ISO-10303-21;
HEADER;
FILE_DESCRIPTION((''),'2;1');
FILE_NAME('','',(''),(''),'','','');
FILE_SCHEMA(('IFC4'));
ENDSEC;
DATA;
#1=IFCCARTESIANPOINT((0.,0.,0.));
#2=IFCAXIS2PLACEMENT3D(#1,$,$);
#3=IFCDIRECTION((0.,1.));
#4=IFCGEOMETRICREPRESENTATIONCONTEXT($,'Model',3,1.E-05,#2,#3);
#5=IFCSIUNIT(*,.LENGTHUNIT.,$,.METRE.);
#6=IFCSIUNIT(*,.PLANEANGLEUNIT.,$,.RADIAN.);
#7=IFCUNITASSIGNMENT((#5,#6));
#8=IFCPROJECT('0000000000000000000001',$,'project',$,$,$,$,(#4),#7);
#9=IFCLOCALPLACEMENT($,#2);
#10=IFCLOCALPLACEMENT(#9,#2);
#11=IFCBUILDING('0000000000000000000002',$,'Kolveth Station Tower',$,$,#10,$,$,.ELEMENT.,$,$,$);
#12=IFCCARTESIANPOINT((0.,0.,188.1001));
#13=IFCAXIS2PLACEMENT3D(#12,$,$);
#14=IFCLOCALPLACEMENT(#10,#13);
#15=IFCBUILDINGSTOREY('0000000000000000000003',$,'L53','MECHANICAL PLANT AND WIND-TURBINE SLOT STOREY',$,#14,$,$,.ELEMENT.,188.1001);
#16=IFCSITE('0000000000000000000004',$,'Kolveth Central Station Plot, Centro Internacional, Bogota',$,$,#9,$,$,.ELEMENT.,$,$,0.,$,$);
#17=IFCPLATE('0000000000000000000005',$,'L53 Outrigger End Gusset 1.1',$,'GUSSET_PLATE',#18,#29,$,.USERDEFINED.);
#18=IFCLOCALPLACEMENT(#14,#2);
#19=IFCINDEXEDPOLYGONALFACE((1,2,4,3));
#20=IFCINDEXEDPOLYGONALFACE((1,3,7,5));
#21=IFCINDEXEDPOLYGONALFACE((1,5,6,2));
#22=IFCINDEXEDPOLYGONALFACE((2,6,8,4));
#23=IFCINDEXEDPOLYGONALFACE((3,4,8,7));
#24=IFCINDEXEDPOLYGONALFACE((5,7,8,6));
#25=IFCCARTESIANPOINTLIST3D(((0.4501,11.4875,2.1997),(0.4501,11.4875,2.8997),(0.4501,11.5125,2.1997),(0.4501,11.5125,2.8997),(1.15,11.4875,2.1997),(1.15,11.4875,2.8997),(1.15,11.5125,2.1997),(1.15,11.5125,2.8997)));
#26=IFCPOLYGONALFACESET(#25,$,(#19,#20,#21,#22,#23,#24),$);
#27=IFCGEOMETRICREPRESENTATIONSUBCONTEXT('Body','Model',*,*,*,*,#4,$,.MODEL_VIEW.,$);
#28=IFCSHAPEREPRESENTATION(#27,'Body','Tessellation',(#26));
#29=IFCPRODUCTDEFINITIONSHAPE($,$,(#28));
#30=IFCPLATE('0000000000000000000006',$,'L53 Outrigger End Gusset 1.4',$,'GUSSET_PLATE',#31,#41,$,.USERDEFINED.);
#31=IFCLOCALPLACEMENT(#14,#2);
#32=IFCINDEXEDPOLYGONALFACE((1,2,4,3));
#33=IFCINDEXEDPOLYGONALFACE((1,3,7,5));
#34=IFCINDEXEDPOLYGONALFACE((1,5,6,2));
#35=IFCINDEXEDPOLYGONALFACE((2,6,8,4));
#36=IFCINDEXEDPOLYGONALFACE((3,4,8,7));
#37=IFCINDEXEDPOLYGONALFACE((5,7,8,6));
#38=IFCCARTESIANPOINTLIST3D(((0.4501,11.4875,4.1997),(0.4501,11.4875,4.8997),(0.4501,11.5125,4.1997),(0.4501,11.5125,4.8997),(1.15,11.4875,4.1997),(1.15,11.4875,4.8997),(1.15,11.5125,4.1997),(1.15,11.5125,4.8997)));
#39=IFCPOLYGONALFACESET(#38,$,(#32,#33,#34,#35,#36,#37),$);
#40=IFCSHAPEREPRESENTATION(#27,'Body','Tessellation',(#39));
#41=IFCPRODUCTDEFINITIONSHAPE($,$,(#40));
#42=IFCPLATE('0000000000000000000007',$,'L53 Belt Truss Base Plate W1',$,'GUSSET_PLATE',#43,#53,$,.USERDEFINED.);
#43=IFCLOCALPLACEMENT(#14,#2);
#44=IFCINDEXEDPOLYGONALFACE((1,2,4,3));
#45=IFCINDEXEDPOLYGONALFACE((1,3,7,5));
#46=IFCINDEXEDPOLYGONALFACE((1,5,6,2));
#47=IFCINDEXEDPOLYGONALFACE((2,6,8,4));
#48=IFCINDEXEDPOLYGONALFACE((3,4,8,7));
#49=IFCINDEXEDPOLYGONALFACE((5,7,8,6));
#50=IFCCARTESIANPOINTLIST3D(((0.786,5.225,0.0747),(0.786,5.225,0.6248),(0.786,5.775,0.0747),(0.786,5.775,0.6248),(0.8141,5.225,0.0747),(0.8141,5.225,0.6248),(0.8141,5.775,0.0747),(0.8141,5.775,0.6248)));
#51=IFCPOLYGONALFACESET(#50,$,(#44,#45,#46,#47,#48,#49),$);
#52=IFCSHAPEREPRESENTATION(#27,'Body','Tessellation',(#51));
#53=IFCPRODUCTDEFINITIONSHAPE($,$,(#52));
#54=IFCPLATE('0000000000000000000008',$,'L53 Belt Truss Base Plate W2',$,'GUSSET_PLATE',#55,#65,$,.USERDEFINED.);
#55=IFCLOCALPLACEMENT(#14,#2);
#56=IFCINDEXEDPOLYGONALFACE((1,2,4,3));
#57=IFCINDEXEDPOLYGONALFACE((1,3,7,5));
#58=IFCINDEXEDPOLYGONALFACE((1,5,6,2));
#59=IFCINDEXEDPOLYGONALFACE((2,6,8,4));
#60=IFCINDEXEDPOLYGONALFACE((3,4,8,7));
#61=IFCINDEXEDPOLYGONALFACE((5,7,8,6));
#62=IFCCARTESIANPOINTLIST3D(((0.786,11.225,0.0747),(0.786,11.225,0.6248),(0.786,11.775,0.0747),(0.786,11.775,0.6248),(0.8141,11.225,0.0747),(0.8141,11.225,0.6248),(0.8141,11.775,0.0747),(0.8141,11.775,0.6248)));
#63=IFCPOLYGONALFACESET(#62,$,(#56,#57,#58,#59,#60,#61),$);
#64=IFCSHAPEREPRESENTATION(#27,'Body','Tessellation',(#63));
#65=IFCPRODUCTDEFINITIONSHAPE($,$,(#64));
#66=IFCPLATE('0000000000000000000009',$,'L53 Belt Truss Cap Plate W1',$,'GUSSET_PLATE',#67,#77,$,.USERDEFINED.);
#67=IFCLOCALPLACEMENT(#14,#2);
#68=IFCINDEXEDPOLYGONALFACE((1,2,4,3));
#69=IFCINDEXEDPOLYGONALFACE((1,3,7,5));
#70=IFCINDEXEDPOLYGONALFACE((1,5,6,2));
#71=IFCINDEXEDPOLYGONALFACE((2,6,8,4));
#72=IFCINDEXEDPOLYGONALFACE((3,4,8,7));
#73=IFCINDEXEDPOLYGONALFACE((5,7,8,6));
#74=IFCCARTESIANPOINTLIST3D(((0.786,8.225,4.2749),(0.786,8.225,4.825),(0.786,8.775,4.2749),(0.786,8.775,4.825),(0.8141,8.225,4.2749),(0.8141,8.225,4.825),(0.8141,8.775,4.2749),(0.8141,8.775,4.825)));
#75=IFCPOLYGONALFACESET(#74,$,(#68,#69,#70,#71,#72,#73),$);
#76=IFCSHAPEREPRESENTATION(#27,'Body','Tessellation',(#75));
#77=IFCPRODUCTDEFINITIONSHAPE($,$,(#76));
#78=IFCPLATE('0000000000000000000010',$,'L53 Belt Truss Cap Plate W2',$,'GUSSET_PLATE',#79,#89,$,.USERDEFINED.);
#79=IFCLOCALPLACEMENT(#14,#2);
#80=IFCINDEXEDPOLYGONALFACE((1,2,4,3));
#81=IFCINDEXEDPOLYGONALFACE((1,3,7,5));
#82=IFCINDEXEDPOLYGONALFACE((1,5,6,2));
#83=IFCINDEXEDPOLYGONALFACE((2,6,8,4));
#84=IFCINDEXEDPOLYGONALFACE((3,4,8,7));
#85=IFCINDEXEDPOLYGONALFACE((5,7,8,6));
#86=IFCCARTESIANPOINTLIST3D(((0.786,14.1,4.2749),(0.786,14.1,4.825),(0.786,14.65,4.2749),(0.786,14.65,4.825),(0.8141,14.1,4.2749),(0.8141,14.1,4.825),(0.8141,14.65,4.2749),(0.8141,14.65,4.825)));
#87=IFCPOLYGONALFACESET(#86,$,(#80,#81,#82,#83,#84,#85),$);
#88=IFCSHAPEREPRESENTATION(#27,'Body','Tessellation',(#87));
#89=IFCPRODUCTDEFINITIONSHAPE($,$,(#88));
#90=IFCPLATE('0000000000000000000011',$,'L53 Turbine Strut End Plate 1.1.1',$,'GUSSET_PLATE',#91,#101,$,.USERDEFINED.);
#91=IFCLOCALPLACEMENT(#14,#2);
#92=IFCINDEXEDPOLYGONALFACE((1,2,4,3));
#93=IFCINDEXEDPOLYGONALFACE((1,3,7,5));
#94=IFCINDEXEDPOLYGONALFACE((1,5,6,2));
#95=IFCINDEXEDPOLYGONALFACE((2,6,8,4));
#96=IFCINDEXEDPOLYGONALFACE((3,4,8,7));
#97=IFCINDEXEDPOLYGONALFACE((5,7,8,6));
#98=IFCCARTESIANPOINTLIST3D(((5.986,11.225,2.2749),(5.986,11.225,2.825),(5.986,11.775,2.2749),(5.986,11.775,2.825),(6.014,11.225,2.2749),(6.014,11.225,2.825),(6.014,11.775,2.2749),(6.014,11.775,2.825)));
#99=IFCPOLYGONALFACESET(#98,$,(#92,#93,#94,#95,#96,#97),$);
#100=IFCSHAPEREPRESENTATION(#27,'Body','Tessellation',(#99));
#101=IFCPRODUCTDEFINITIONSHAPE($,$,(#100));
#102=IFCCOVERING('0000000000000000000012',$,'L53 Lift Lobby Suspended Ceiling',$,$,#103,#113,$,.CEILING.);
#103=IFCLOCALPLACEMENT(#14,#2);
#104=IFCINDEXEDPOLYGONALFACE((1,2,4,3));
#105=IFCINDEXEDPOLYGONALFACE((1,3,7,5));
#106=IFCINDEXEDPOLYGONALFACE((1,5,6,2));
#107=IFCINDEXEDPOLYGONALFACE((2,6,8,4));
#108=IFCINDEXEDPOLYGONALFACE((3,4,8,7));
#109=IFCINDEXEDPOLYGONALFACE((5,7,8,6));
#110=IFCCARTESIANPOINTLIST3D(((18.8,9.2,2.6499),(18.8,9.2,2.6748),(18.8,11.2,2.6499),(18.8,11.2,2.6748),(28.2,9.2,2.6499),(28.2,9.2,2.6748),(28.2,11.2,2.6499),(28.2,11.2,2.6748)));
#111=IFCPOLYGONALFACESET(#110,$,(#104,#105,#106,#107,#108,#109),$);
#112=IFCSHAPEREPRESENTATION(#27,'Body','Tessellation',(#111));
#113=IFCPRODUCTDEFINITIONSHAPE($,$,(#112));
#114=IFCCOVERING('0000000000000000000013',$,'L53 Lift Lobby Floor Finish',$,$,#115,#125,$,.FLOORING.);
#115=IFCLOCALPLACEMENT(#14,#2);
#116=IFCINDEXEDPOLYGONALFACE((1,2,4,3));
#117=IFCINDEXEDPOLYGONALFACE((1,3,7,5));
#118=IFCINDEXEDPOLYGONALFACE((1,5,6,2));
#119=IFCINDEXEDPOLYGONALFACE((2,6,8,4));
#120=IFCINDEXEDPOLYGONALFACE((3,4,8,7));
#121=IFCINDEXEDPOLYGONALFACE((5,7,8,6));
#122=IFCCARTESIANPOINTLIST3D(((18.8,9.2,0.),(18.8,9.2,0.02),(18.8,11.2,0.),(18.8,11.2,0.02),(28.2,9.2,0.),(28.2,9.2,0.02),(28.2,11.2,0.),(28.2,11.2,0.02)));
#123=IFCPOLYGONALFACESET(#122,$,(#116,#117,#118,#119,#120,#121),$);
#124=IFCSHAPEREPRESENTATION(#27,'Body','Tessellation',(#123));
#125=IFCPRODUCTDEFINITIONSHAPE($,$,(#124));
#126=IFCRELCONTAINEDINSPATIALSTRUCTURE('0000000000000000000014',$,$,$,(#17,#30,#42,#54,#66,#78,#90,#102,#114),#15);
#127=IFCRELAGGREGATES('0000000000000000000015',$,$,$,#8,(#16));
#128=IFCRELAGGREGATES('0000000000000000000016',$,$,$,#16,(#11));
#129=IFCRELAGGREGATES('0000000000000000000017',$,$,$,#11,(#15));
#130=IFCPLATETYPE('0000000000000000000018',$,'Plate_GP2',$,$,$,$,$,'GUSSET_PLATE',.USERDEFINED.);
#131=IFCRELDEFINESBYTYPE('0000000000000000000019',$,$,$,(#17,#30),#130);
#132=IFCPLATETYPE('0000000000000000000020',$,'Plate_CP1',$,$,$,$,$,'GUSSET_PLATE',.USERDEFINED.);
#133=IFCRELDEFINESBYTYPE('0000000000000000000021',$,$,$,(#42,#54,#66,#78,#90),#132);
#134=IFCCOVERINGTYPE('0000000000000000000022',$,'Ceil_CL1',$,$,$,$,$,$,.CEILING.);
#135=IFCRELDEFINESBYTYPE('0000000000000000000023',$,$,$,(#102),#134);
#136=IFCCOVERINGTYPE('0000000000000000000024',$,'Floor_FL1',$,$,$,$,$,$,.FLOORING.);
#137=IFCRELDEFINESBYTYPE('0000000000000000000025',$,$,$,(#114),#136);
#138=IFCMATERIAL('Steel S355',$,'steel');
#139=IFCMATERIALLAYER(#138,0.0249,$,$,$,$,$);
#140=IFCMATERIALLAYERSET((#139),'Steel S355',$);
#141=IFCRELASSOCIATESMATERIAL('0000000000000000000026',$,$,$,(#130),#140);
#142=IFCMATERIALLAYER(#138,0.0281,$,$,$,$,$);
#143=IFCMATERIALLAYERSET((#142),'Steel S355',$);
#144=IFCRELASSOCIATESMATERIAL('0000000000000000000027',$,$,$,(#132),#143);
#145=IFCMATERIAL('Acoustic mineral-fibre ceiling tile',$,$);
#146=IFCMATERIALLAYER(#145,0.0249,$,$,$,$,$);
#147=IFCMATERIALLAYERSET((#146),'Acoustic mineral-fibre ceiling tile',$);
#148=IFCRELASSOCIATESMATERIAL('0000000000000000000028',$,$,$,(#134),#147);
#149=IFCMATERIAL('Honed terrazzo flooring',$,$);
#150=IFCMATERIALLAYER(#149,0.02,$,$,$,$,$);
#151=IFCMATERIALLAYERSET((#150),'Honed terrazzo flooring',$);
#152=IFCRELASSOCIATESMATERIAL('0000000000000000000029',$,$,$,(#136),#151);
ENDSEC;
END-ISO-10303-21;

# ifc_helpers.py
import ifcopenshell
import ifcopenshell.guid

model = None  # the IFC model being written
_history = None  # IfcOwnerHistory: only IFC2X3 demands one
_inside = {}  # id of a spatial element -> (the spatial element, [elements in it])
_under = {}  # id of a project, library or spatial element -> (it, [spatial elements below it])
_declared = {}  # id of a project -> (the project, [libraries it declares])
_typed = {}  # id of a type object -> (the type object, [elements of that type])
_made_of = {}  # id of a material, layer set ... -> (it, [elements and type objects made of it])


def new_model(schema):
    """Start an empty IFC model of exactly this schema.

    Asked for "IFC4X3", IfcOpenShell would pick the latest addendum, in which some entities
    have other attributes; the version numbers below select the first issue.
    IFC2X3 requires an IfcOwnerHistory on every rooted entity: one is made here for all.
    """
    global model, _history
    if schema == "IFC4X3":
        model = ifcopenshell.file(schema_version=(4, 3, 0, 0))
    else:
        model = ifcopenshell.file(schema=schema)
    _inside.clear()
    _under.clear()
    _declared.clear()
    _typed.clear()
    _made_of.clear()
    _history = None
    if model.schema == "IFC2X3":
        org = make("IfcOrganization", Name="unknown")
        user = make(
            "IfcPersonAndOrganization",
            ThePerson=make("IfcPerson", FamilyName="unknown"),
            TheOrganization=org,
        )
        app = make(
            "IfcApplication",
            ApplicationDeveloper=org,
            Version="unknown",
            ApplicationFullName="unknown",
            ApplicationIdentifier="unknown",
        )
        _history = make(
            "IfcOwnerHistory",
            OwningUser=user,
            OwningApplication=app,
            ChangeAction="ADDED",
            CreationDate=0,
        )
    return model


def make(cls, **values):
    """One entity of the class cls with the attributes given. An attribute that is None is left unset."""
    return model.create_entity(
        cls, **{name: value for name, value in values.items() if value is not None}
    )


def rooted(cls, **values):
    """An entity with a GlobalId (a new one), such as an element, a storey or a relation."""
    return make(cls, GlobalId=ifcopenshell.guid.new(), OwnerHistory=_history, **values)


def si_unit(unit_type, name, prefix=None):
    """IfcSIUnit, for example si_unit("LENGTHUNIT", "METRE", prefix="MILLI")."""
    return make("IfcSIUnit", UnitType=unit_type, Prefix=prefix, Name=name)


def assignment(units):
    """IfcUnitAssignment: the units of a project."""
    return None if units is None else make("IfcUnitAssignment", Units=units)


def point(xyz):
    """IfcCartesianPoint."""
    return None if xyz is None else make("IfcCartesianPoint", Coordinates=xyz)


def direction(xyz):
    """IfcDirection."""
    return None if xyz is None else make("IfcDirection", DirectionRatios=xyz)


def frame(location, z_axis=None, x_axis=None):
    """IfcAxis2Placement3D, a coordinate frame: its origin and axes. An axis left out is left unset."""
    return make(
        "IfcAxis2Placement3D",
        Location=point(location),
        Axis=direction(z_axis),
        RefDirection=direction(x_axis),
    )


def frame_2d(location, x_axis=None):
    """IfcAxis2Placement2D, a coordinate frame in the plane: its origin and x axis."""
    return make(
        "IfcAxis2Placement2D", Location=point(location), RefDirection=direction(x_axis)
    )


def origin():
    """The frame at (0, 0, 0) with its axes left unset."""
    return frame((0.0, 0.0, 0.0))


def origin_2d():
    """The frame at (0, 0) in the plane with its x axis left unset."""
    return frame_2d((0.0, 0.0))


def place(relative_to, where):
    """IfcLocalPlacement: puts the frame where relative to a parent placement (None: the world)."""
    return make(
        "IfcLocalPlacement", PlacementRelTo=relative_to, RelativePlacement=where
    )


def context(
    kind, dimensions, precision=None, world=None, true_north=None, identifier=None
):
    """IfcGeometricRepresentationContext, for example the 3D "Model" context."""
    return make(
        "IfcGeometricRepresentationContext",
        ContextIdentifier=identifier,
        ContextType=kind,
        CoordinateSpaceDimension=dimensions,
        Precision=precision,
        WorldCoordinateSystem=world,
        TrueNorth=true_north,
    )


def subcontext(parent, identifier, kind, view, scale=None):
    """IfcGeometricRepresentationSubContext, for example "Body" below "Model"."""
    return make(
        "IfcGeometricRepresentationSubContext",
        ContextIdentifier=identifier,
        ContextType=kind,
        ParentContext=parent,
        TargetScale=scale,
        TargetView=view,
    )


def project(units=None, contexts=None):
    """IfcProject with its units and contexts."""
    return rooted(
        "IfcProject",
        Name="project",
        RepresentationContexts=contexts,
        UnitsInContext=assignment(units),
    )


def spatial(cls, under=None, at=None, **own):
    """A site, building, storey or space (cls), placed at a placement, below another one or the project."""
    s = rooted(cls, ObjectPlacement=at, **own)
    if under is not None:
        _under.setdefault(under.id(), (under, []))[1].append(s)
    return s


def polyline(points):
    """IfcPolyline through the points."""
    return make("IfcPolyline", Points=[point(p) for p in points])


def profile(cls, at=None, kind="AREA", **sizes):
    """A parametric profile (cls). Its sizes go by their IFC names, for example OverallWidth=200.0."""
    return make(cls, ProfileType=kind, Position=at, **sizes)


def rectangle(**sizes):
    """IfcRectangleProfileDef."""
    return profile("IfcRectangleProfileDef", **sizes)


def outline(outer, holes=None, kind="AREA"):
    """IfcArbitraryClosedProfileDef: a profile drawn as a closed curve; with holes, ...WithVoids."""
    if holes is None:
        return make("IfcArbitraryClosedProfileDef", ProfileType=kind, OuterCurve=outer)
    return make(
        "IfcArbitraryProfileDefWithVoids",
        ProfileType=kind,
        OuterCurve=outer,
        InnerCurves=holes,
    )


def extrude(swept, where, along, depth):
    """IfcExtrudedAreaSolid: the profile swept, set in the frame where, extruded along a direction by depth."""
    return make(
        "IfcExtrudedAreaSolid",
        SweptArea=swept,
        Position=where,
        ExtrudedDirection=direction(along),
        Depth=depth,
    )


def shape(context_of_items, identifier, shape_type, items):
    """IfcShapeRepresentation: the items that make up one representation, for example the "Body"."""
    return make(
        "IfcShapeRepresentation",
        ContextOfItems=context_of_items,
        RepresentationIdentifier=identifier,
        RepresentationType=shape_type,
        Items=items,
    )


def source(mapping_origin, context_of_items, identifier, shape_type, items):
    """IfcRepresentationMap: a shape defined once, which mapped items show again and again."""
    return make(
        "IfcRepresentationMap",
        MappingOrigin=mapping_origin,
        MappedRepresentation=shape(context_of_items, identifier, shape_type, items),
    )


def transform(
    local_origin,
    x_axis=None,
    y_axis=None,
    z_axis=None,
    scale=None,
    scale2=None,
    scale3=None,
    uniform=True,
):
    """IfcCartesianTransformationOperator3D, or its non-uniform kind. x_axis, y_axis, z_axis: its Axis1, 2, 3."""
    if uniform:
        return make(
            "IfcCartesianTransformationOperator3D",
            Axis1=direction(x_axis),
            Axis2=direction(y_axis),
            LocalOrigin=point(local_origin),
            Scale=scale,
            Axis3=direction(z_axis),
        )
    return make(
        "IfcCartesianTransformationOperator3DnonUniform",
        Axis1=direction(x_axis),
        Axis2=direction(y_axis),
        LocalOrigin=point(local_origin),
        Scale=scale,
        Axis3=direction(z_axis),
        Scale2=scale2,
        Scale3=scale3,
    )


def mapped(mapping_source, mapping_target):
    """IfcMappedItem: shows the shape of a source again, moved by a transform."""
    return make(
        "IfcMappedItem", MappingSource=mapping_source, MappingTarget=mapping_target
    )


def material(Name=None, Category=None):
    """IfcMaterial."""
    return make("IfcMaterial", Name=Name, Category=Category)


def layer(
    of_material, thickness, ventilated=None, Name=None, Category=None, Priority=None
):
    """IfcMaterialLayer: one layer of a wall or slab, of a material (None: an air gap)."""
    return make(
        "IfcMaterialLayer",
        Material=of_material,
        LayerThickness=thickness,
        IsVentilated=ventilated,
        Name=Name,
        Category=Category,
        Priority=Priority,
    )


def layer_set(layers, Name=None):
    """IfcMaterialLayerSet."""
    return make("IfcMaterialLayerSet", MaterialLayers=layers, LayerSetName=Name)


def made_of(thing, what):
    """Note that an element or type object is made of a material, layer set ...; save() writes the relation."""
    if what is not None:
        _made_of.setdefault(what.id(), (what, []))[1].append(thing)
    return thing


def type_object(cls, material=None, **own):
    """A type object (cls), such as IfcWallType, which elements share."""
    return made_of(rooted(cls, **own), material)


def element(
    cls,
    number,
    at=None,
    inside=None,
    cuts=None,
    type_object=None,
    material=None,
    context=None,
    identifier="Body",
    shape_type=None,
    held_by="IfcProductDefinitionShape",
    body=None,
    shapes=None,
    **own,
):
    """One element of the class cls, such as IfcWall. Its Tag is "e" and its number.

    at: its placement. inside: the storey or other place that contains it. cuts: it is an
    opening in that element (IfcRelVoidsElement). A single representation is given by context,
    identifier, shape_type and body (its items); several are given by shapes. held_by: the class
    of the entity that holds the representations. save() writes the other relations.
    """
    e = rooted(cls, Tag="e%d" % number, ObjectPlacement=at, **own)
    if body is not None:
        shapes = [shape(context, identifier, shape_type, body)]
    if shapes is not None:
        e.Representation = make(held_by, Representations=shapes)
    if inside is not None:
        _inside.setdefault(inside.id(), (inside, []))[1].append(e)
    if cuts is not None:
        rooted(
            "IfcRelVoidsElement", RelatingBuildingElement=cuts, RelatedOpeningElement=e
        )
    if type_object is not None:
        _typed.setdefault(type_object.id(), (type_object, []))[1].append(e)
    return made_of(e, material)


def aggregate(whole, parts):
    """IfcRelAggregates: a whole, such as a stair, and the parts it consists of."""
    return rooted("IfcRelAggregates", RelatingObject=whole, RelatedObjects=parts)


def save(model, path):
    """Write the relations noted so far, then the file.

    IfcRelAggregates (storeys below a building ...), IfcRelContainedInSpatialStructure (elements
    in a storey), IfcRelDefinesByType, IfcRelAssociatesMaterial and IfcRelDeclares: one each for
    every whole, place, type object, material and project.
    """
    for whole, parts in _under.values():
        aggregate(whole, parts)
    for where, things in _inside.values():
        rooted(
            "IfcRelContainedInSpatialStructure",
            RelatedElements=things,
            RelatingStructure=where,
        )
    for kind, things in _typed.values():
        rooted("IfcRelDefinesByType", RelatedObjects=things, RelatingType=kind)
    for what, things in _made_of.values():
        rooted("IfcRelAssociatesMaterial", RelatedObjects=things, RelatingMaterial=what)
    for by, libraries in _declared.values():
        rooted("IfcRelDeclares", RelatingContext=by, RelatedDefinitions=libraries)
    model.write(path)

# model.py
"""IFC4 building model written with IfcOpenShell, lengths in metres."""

from ifc_helpers import new_model, si_unit, direction, frame, origin, origin_2d, place, context, subcontext, project, spatial, polyline, rectangle, outline, extrude, source, transform, mapped, material, layer, layer_set, type_object, element, save


model = new_model("IFC4")

# Units and contexts
model_context = context("Model", 3, precision=1e-05, world=origin(), true_north=direction((0.0, 1.0)))
body_context = subcontext(model_context, "Body", "Model", "MODEL_VIEW")
ifc_project = project(units=[si_unit("LENGTHUNIT", "METRE"), si_unit("PLANEANGLEUNIT", "RADIAN")], contexts=[model_context])

# Site, building, storey
site_placement = place(None, origin())
site = spatial("IfcSite", under=ifc_project, at=site_placement, Name="Kolveth Central Station Plot, Centro Internacional, Bogota", CompositionType="ELEMENT", RefElevation=0.0)
building_placement = place(site_placement, origin())
building = spatial("IfcBuilding", under=site, at=building_placement, Name="Kolveth Station Tower", CompositionType="ELEMENT")
storey_placement = place(building_placement, frame((0.0, 0.0, 188.1001)))
storey = spatial("IfcBuildingStorey", under=building, at=storey_placement, Name="L53", Description="MECHANICAL PLANT AND WIND-TURBINE SLOT STOREY", CompositionType="ELEMENT", Elevation=188.1001)

# Shared definitions
ifc_material_1 = material(Name="Steel S355", Category="steel")

# Plates
ifc_layer_1 = layer(ifc_material_1, 0.0249)
ifc_layer_set_1 = layer_set([ifc_layer_1], Name="Steel S355")
plate_type_1 = type_object("IfcPlateType", Name="Plate_GP2", ElementType="GUSSET_PLATE", PredefinedType="USERDEFINED", material=ifc_layer_set_1)
shared_shape_1 = source(origin(), body_context, "Body", "SweptSolid", [
    extrude(rectangle(XDim=0.7, YDim=0.0249, at=origin_2d()), origin(), (0.0, 0.0, 1.0), 0.7),
])
for number, where, z_axis, x_axis, name in (
    (1, (0.8, 11.5, 2.1997), (0.0, 0.0, 1.0), (1.0, 0.0, 0.0), "L53 Outrigger End Gusset 1.1"),
    (2, (0.8, 11.5, 4.1997), (0.0, 0.0, 1.0), (1.0, 0.0, 0.0), "L53 Outrigger End Gusset 1.4"),
):
    element("IfcPlate", number, at=place(storey_placement, frame(where, z_axis=z_axis, x_axis=x_axis)), inside=storey, type_object=plate_type_1, Name=name, ObjectType="GUSSET_PLATE", PredefinedType="USERDEFINED", context=body_context, shape_type="MappedRepresentation", body=[
        mapped(shared_shape_1, transform((0.0, 0.0, 0.0), x_axis=(1.0, 0.0, 0.0), y_axis=(0.0, 1.0, 0.0), z_axis=(0.0, 0.0, 1.0), scale=1.0)),
    ])
ifc_layer_2 = layer(ifc_material_1, 0.0281)
ifc_layer_set_2 = layer_set([ifc_layer_2], Name="Steel S355")
plate_type_2 = type_object("IfcPlateType", Name="Plate_CP1", ElementType="GUSSET_PLATE", PredefinedType="USERDEFINED", material=ifc_layer_set_2)
shared_shape_2 = source(origin(), body_context, "Body", "SweptSolid", [
    extrude(rectangle(XDim=0.0281, YDim=0.55, at=origin_2d()), origin(), (0.0, 0.0, 1.0), 0.55),
])
for number, where, z_axis, x_axis, name in (
    (3, (0.8, 5.5, 0.0747), (0.0, 0.0, 1.0), (1.0, 0.0, 0.0), "L53 Belt Truss Base Plate W1"),
    (4, (0.8, 11.5, 0.0747), (0.0, 0.0, 1.0), (1.0, 0.0, 0.0), "L53 Belt Truss Base Plate W2"),
    (5, (0.8, 8.5, 4.2749), (0.0, 0.0, 1.0), (1.0, 0.0, 0.0), "L53 Belt Truss Cap Plate W1"),
    (6, (0.8, 14.375, 4.2749), (0.0, 0.0, 1.0), (1.0, 0.0, 0.0), "L53 Belt Truss Cap Plate W2"),
    (7, (6.0, 11.5, 2.2749), (0.0, 0.0, 1.0), (1.0, 0.0, 0.0), "L53 Turbine Strut End Plate 1.1.1"),
):
    element("IfcPlate", number, at=place(storey_placement, frame(where, z_axis=z_axis, x_axis=x_axis)), inside=storey, type_object=plate_type_2, Name=name, ObjectType="GUSSET_PLATE", PredefinedType="USERDEFINED", context=body_context, shape_type="MappedRepresentation", body=[
        mapped(shared_shape_2, transform((0.0, 0.0, 0.0), x_axis=(1.0, 0.0, 0.0), y_axis=(0.0, 1.0, 0.0), z_axis=(0.0, 0.0, 1.0), scale=1.0)),
    ])

# Coverings
ifc_material_2 = material(Name="Acoustic mineral-fibre ceiling tile")
ifc_layer_3 = layer(ifc_material_2, 0.0249)
ifc_layer_set_3 = layer_set([ifc_layer_3], Name="Acoustic mineral-fibre ceiling tile")
covering_type_1 = type_object("IfcCoveringType", Name="Ceil_CL1", PredefinedType="CEILING", material=ifc_layer_set_3)
covering_1_placement = place(storey_placement, frame((0.0, 0.0, 2.6499)))
element("IfcCovering", 8, at=covering_1_placement, inside=storey, type_object=covering_type_1, Name="L53 Lift Lobby Suspended Ceiling", PredefinedType="CEILING", context=body_context, shape_type="SweptSolid", body=[
    extrude(outline(polyline([(18.8, 9.2), (28.2, 9.2), (28.2, 11.2), (18.8, 11.2), (18.8, 9.2)])), origin(), (0.0, 0.0, 1.0), 0.0249),
])
ifc_material_3 = material(Name="Honed terrazzo flooring")
ifc_layer_4 = layer(ifc_material_3, 0.02)
ifc_layer_set_4 = layer_set([ifc_layer_4], Name="Honed terrazzo flooring")
covering_type_2 = type_object("IfcCoveringType", Name="Floor_FL1", PredefinedType="FLOORING", material=ifc_layer_set_4)
covering_2_placement = place(storey_placement, origin())
element("IfcCovering", 9, at=covering_2_placement, inside=storey, type_object=covering_type_2, Name="L53 Lift Lobby Floor Finish", PredefinedType="FLOORING", context=body_context, shape_type="SweptSolid", body=[
    extrude(outline(polyline([(18.8, 9.2), (28.2, 9.2), (28.2, 11.2), (18.8, 11.2), (18.8, 9.2)])), origin(), (0.0, 0.0, 1.0), 0.02),
])

save(model, "model.ifc")
